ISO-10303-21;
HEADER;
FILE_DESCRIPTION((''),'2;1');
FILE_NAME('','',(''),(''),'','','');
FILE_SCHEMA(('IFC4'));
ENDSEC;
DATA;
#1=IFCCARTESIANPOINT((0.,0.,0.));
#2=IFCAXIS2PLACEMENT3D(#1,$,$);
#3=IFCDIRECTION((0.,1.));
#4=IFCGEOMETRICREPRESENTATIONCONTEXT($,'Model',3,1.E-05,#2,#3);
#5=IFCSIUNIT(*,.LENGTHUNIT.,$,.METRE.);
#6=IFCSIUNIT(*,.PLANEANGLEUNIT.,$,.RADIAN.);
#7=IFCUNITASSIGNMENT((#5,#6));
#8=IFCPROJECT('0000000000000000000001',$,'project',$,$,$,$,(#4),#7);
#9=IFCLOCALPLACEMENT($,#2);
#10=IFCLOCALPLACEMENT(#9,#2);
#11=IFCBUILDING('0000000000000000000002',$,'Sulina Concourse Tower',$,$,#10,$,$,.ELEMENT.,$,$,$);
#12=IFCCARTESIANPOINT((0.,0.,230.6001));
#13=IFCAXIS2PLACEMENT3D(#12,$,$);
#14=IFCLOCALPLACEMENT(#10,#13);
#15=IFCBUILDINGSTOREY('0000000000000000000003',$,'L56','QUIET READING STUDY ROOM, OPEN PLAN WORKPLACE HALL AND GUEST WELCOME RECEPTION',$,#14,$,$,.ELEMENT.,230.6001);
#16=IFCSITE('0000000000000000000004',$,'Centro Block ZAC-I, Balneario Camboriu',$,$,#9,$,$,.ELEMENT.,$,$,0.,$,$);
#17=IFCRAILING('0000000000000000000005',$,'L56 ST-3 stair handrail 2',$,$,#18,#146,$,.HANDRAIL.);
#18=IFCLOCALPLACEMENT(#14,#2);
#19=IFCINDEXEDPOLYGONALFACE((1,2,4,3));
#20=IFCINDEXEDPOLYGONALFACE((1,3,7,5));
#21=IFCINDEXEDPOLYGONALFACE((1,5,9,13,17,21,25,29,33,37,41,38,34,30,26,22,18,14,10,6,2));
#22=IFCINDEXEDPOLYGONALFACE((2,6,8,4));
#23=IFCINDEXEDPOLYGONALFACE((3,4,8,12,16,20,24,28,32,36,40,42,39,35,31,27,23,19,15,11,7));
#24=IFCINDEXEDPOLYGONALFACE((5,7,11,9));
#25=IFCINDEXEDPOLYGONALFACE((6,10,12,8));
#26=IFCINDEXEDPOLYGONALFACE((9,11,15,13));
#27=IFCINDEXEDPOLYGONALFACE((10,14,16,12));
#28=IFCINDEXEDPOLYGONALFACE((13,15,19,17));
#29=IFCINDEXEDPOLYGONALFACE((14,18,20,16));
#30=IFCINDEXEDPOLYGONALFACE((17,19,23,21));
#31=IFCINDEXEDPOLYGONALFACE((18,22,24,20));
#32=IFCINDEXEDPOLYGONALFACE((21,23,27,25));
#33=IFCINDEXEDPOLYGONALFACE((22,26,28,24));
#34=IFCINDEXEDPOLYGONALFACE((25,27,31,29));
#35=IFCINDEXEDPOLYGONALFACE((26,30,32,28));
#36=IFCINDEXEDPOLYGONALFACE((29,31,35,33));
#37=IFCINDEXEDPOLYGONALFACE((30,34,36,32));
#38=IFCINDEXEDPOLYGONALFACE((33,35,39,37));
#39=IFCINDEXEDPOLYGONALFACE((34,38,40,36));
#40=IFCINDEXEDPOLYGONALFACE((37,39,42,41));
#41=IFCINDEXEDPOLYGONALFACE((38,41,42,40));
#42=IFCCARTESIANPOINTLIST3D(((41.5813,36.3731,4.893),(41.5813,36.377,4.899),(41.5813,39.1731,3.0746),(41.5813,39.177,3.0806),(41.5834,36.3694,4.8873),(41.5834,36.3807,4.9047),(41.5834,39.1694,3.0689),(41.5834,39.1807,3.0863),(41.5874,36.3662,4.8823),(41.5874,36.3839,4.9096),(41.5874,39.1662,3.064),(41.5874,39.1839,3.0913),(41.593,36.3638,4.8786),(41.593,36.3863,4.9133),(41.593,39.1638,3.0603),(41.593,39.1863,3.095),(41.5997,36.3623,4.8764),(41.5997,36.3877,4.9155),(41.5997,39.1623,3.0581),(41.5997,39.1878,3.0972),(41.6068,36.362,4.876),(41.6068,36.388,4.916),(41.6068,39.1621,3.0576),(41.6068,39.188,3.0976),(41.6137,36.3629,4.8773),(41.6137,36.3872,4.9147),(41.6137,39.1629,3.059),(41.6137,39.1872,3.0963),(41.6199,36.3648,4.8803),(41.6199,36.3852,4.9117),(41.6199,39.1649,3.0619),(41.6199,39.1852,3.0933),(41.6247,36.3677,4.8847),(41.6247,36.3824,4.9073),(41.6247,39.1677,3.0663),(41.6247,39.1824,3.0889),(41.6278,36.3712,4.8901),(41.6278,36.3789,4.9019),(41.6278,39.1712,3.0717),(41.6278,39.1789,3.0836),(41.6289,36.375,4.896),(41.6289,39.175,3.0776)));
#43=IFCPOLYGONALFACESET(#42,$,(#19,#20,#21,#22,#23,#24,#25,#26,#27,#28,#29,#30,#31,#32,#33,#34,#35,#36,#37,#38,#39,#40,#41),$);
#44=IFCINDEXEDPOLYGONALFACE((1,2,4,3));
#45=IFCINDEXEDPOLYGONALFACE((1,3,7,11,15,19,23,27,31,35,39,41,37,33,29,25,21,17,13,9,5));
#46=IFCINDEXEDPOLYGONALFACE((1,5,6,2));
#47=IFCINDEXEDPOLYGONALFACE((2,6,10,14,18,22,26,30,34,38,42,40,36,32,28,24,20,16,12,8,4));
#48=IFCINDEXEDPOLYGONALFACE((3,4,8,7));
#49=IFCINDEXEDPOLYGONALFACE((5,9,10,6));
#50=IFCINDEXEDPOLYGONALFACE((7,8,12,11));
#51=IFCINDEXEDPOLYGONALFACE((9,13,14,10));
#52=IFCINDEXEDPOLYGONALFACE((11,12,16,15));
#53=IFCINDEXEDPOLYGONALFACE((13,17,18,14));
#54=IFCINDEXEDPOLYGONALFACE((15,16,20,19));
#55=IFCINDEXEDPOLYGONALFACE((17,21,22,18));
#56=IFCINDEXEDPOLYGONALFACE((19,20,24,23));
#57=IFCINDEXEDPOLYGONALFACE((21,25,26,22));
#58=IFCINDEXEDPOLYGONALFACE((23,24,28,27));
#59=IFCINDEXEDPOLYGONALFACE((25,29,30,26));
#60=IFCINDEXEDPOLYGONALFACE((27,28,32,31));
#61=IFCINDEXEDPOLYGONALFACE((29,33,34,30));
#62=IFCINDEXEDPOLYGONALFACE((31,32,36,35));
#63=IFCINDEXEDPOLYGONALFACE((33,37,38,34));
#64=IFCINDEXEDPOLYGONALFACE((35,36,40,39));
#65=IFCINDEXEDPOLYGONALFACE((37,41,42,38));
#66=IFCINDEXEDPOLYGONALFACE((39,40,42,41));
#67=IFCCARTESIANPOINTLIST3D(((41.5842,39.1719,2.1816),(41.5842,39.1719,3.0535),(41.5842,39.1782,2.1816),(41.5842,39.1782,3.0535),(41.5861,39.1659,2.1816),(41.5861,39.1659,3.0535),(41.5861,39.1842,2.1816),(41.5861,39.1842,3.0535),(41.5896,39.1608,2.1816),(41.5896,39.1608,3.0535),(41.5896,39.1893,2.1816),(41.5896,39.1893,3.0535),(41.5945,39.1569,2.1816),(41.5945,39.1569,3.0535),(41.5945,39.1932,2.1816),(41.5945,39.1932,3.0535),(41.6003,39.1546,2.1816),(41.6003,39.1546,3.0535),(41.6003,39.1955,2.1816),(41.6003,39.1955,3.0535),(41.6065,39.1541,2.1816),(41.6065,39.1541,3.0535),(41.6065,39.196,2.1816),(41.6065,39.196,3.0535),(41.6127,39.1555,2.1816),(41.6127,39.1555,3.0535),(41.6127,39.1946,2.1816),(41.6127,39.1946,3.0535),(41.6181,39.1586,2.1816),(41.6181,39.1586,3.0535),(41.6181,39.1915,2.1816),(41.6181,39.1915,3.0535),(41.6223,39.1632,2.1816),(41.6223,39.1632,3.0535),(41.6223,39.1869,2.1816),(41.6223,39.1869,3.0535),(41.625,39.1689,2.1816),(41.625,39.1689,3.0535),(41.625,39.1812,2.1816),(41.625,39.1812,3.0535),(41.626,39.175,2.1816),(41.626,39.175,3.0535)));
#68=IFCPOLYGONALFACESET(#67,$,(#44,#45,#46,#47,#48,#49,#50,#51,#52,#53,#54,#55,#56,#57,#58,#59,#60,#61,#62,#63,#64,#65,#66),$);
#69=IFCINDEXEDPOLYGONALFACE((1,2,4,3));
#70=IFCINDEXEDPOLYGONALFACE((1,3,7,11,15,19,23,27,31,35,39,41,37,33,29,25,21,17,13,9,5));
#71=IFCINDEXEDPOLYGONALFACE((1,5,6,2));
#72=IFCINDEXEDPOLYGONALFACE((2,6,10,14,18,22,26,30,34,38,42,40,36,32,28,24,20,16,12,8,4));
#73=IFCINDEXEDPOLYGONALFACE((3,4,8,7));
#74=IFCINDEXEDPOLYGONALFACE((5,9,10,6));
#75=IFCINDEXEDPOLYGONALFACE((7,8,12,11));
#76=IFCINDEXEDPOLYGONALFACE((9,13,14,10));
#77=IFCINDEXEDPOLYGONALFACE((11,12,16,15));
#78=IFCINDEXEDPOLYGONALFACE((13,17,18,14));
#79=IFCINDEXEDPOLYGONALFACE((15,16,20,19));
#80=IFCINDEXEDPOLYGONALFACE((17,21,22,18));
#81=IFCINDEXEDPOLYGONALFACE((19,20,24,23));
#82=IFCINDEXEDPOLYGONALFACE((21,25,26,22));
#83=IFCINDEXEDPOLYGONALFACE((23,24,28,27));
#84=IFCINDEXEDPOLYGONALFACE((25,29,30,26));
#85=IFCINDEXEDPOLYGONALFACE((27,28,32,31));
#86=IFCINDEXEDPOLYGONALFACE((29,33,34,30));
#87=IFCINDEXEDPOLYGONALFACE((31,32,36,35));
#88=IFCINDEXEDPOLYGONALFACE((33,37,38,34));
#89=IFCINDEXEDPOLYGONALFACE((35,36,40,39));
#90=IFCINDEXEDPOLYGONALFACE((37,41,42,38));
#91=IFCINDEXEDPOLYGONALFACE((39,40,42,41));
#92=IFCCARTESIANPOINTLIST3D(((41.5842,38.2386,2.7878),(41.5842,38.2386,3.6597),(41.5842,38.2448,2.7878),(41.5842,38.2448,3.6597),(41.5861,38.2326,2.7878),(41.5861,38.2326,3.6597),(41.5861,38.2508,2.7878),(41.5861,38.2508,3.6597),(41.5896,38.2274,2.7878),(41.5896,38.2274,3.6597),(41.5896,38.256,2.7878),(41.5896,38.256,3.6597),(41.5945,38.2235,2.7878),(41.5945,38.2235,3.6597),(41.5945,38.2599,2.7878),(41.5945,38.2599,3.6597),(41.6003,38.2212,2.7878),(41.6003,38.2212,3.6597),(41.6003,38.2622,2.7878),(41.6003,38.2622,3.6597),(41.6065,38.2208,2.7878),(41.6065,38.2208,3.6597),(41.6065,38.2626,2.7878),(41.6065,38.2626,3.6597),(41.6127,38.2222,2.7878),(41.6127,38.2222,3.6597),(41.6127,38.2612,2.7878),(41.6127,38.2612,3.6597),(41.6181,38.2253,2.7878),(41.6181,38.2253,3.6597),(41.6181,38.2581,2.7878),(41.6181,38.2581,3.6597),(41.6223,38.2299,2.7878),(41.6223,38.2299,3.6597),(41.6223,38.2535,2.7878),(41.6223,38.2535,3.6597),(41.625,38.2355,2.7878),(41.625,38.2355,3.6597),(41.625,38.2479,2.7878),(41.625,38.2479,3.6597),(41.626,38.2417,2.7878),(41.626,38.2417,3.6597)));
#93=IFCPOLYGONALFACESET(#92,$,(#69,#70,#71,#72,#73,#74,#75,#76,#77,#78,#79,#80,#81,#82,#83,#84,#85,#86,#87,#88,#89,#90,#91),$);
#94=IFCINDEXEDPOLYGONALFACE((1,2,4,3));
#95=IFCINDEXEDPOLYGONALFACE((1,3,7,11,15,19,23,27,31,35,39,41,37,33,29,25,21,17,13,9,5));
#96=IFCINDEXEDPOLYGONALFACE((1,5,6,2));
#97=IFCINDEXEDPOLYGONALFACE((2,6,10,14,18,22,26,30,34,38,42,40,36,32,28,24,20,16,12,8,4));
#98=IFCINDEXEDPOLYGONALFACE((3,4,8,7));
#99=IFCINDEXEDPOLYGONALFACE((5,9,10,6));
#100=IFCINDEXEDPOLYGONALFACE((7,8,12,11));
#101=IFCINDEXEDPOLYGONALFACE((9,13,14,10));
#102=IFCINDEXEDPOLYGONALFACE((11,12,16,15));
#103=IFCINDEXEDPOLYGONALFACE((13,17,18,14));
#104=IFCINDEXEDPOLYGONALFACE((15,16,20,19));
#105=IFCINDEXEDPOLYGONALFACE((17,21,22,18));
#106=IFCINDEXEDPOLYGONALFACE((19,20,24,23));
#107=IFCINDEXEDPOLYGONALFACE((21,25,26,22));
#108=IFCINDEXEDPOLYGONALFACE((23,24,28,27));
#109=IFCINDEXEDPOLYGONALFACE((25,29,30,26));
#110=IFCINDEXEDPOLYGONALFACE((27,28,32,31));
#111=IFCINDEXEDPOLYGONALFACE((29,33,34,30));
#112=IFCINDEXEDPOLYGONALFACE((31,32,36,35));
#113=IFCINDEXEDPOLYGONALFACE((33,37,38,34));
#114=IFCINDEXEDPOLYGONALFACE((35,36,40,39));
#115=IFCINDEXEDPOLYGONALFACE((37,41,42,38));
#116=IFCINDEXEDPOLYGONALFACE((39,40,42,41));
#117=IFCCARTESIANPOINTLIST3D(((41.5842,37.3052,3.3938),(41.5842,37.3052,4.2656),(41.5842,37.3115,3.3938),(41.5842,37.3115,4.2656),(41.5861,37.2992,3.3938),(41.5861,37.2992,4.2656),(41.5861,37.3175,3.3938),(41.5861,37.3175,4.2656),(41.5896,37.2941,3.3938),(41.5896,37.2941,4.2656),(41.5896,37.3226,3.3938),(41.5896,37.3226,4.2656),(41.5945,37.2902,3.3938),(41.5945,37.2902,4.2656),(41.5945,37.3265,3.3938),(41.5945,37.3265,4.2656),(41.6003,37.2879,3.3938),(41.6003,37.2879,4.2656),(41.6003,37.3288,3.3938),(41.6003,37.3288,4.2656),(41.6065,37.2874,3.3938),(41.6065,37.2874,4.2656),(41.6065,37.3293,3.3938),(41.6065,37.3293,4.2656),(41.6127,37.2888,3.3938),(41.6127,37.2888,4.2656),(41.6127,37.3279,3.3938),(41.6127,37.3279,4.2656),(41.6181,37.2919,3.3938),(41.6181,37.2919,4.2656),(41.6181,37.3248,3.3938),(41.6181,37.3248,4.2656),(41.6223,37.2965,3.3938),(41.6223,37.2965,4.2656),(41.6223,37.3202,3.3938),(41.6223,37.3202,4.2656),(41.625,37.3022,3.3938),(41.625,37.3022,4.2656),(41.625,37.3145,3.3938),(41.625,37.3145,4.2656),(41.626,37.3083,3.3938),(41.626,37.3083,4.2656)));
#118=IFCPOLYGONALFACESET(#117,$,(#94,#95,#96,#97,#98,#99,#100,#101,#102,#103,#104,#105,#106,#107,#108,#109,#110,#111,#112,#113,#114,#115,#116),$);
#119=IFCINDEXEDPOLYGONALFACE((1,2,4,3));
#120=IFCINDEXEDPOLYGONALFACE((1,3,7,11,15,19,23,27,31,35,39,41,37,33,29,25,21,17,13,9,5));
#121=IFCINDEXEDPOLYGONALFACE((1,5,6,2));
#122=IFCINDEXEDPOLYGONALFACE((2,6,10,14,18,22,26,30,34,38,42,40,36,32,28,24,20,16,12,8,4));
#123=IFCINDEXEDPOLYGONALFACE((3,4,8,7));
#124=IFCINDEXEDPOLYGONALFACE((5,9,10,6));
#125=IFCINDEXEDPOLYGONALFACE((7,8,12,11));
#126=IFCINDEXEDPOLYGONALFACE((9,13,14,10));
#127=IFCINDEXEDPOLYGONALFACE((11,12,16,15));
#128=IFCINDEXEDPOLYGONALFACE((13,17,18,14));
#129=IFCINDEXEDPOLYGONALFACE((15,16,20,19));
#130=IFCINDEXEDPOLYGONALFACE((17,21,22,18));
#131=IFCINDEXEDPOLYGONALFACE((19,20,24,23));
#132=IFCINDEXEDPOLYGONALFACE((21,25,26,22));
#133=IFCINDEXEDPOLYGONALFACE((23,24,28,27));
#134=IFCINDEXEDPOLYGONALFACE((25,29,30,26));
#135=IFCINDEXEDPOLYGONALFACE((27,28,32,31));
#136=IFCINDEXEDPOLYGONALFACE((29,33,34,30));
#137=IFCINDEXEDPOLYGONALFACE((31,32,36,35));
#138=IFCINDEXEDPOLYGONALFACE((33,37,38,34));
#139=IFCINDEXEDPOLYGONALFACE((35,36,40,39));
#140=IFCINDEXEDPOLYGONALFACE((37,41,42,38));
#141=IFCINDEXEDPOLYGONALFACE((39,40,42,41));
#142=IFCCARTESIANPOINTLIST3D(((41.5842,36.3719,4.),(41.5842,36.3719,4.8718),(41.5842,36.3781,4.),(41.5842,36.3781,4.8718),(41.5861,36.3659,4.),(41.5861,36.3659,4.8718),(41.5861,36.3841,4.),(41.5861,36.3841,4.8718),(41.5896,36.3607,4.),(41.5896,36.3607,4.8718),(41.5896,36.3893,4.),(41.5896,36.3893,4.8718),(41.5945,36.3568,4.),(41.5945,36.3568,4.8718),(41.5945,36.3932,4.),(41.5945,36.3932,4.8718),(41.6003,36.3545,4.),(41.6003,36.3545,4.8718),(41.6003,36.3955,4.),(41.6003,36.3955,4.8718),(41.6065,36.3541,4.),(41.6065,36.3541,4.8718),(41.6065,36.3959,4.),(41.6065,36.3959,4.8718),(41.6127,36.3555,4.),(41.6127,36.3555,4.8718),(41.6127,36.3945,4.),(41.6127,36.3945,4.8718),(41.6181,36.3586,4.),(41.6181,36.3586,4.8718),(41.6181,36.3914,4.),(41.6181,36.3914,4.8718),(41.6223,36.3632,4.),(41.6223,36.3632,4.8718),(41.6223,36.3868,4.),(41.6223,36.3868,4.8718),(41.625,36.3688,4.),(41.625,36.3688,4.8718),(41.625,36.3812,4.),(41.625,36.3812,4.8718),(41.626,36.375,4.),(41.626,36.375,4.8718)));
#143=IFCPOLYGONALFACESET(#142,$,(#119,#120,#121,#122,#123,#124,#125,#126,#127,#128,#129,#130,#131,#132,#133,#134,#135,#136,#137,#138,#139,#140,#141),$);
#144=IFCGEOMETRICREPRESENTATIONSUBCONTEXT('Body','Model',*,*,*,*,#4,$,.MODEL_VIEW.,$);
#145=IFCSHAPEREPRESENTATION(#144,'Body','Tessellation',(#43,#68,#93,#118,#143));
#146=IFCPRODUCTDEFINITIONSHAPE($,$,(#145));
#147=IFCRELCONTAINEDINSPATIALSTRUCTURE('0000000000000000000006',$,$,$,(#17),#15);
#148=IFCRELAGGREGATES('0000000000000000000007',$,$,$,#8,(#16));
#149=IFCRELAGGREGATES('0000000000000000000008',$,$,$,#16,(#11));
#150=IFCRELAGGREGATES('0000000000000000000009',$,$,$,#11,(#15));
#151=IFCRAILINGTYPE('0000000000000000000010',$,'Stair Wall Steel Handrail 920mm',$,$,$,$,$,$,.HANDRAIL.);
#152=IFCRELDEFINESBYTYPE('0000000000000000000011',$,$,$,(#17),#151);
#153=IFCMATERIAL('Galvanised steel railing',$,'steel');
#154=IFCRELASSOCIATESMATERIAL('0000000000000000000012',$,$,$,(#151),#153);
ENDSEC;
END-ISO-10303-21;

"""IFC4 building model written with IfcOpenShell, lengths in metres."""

from ifc_helpers import new_model, si_unit, direction, frame, origin, origin_2d, place, context, subcontext, project, spatial, circle, extrude, material, type_object, element, save


model = new_model("IFC4")

# Units and contexts
model_context = context("Model", 3, precision=1e-05, world=origin(), true_north=direction((0.0, 1.0)))
body_context = subcontext(model_context, "Body", "Model", "MODEL_VIEW")
ifc_project = project(units=[si_unit("LENGTHUNIT", "METRE"), si_unit("PLANEANGLEUNIT", "RADIAN")], contexts=[model_context])

# Site, building, storey
site_placement = place(None, origin())
site = spatial("IfcSite", under=ifc_project, at=site_placement, Name="Centro Block ZAC-I, Balneario Camboriu", CompositionType="ELEMENT", RefElevation=0.0)
building_placement = place(site_placement, origin())
building = spatial("IfcBuilding", under=site, at=building_placement, Name="Sulina Concourse Tower", CompositionType="ELEMENT")
storey_placement = place(building_placement, frame((0.0, 0.0, 230.6001)))
storey = spatial("IfcBuildingStorey", under=building, at=storey_placement, Name="L56", Description="QUIET READING STUDY ROOM, OPEN PLAN WORKPLACE HALL AND GUEST WELCOME RECEPTION", CompositionType="ELEMENT", Elevation=230.6001)

# Railing
ifc_material_1 = material(Name="Galvanised steel railing", Category="steel")
railing_type_1 = type_object("IfcRailingType", Name="Stair Wall Steel Handrail 920mm", PredefinedType="HANDRAIL", material=ifc_material_1)
railing_1_placement = place(storey_placement, frame((41.605, 39.175, 2.1816)))
element("IfcRailing", 1, at=railing_1_placement, inside=storey, type_object=railing_type_1, Name="L56 ST-3 stair handrail 2", PredefinedType="HANDRAIL", context=body_context, shape_type="SweptSolid", body=[
    extrude(circle(Radius=0.0239, at=origin_2d()), frame((0.0, 0.0, 0.896), z_axis=(0.0, -0.838672, 0.544636), x_axis=(1.0, 0.0, 0.0)), (0.0, 0.0, 1.0), 3.3386),
    extrude(circle(Radius=0.021, at=origin_2d()), origin(), (0.0, 0.0, 1.0), 0.8718),
    extrude(circle(Radius=0.021, at=origin_2d()), frame((0.0, -0.9333, 0.6062)), (0.0, 0.0, 1.0), 0.8718),
    extrude(circle(Radius=0.021, at=origin_2d()), frame((0.0, -1.8667, 1.2122)), (0.0, 0.0, 1.0), 0.8718),
    extrude(circle(Radius=0.021, at=origin_2d()), frame((0.0, -2.8, 1.8184)), (0.0, 0.0, 1.0), 0.8718),
])

save(model, "model.ifc")
